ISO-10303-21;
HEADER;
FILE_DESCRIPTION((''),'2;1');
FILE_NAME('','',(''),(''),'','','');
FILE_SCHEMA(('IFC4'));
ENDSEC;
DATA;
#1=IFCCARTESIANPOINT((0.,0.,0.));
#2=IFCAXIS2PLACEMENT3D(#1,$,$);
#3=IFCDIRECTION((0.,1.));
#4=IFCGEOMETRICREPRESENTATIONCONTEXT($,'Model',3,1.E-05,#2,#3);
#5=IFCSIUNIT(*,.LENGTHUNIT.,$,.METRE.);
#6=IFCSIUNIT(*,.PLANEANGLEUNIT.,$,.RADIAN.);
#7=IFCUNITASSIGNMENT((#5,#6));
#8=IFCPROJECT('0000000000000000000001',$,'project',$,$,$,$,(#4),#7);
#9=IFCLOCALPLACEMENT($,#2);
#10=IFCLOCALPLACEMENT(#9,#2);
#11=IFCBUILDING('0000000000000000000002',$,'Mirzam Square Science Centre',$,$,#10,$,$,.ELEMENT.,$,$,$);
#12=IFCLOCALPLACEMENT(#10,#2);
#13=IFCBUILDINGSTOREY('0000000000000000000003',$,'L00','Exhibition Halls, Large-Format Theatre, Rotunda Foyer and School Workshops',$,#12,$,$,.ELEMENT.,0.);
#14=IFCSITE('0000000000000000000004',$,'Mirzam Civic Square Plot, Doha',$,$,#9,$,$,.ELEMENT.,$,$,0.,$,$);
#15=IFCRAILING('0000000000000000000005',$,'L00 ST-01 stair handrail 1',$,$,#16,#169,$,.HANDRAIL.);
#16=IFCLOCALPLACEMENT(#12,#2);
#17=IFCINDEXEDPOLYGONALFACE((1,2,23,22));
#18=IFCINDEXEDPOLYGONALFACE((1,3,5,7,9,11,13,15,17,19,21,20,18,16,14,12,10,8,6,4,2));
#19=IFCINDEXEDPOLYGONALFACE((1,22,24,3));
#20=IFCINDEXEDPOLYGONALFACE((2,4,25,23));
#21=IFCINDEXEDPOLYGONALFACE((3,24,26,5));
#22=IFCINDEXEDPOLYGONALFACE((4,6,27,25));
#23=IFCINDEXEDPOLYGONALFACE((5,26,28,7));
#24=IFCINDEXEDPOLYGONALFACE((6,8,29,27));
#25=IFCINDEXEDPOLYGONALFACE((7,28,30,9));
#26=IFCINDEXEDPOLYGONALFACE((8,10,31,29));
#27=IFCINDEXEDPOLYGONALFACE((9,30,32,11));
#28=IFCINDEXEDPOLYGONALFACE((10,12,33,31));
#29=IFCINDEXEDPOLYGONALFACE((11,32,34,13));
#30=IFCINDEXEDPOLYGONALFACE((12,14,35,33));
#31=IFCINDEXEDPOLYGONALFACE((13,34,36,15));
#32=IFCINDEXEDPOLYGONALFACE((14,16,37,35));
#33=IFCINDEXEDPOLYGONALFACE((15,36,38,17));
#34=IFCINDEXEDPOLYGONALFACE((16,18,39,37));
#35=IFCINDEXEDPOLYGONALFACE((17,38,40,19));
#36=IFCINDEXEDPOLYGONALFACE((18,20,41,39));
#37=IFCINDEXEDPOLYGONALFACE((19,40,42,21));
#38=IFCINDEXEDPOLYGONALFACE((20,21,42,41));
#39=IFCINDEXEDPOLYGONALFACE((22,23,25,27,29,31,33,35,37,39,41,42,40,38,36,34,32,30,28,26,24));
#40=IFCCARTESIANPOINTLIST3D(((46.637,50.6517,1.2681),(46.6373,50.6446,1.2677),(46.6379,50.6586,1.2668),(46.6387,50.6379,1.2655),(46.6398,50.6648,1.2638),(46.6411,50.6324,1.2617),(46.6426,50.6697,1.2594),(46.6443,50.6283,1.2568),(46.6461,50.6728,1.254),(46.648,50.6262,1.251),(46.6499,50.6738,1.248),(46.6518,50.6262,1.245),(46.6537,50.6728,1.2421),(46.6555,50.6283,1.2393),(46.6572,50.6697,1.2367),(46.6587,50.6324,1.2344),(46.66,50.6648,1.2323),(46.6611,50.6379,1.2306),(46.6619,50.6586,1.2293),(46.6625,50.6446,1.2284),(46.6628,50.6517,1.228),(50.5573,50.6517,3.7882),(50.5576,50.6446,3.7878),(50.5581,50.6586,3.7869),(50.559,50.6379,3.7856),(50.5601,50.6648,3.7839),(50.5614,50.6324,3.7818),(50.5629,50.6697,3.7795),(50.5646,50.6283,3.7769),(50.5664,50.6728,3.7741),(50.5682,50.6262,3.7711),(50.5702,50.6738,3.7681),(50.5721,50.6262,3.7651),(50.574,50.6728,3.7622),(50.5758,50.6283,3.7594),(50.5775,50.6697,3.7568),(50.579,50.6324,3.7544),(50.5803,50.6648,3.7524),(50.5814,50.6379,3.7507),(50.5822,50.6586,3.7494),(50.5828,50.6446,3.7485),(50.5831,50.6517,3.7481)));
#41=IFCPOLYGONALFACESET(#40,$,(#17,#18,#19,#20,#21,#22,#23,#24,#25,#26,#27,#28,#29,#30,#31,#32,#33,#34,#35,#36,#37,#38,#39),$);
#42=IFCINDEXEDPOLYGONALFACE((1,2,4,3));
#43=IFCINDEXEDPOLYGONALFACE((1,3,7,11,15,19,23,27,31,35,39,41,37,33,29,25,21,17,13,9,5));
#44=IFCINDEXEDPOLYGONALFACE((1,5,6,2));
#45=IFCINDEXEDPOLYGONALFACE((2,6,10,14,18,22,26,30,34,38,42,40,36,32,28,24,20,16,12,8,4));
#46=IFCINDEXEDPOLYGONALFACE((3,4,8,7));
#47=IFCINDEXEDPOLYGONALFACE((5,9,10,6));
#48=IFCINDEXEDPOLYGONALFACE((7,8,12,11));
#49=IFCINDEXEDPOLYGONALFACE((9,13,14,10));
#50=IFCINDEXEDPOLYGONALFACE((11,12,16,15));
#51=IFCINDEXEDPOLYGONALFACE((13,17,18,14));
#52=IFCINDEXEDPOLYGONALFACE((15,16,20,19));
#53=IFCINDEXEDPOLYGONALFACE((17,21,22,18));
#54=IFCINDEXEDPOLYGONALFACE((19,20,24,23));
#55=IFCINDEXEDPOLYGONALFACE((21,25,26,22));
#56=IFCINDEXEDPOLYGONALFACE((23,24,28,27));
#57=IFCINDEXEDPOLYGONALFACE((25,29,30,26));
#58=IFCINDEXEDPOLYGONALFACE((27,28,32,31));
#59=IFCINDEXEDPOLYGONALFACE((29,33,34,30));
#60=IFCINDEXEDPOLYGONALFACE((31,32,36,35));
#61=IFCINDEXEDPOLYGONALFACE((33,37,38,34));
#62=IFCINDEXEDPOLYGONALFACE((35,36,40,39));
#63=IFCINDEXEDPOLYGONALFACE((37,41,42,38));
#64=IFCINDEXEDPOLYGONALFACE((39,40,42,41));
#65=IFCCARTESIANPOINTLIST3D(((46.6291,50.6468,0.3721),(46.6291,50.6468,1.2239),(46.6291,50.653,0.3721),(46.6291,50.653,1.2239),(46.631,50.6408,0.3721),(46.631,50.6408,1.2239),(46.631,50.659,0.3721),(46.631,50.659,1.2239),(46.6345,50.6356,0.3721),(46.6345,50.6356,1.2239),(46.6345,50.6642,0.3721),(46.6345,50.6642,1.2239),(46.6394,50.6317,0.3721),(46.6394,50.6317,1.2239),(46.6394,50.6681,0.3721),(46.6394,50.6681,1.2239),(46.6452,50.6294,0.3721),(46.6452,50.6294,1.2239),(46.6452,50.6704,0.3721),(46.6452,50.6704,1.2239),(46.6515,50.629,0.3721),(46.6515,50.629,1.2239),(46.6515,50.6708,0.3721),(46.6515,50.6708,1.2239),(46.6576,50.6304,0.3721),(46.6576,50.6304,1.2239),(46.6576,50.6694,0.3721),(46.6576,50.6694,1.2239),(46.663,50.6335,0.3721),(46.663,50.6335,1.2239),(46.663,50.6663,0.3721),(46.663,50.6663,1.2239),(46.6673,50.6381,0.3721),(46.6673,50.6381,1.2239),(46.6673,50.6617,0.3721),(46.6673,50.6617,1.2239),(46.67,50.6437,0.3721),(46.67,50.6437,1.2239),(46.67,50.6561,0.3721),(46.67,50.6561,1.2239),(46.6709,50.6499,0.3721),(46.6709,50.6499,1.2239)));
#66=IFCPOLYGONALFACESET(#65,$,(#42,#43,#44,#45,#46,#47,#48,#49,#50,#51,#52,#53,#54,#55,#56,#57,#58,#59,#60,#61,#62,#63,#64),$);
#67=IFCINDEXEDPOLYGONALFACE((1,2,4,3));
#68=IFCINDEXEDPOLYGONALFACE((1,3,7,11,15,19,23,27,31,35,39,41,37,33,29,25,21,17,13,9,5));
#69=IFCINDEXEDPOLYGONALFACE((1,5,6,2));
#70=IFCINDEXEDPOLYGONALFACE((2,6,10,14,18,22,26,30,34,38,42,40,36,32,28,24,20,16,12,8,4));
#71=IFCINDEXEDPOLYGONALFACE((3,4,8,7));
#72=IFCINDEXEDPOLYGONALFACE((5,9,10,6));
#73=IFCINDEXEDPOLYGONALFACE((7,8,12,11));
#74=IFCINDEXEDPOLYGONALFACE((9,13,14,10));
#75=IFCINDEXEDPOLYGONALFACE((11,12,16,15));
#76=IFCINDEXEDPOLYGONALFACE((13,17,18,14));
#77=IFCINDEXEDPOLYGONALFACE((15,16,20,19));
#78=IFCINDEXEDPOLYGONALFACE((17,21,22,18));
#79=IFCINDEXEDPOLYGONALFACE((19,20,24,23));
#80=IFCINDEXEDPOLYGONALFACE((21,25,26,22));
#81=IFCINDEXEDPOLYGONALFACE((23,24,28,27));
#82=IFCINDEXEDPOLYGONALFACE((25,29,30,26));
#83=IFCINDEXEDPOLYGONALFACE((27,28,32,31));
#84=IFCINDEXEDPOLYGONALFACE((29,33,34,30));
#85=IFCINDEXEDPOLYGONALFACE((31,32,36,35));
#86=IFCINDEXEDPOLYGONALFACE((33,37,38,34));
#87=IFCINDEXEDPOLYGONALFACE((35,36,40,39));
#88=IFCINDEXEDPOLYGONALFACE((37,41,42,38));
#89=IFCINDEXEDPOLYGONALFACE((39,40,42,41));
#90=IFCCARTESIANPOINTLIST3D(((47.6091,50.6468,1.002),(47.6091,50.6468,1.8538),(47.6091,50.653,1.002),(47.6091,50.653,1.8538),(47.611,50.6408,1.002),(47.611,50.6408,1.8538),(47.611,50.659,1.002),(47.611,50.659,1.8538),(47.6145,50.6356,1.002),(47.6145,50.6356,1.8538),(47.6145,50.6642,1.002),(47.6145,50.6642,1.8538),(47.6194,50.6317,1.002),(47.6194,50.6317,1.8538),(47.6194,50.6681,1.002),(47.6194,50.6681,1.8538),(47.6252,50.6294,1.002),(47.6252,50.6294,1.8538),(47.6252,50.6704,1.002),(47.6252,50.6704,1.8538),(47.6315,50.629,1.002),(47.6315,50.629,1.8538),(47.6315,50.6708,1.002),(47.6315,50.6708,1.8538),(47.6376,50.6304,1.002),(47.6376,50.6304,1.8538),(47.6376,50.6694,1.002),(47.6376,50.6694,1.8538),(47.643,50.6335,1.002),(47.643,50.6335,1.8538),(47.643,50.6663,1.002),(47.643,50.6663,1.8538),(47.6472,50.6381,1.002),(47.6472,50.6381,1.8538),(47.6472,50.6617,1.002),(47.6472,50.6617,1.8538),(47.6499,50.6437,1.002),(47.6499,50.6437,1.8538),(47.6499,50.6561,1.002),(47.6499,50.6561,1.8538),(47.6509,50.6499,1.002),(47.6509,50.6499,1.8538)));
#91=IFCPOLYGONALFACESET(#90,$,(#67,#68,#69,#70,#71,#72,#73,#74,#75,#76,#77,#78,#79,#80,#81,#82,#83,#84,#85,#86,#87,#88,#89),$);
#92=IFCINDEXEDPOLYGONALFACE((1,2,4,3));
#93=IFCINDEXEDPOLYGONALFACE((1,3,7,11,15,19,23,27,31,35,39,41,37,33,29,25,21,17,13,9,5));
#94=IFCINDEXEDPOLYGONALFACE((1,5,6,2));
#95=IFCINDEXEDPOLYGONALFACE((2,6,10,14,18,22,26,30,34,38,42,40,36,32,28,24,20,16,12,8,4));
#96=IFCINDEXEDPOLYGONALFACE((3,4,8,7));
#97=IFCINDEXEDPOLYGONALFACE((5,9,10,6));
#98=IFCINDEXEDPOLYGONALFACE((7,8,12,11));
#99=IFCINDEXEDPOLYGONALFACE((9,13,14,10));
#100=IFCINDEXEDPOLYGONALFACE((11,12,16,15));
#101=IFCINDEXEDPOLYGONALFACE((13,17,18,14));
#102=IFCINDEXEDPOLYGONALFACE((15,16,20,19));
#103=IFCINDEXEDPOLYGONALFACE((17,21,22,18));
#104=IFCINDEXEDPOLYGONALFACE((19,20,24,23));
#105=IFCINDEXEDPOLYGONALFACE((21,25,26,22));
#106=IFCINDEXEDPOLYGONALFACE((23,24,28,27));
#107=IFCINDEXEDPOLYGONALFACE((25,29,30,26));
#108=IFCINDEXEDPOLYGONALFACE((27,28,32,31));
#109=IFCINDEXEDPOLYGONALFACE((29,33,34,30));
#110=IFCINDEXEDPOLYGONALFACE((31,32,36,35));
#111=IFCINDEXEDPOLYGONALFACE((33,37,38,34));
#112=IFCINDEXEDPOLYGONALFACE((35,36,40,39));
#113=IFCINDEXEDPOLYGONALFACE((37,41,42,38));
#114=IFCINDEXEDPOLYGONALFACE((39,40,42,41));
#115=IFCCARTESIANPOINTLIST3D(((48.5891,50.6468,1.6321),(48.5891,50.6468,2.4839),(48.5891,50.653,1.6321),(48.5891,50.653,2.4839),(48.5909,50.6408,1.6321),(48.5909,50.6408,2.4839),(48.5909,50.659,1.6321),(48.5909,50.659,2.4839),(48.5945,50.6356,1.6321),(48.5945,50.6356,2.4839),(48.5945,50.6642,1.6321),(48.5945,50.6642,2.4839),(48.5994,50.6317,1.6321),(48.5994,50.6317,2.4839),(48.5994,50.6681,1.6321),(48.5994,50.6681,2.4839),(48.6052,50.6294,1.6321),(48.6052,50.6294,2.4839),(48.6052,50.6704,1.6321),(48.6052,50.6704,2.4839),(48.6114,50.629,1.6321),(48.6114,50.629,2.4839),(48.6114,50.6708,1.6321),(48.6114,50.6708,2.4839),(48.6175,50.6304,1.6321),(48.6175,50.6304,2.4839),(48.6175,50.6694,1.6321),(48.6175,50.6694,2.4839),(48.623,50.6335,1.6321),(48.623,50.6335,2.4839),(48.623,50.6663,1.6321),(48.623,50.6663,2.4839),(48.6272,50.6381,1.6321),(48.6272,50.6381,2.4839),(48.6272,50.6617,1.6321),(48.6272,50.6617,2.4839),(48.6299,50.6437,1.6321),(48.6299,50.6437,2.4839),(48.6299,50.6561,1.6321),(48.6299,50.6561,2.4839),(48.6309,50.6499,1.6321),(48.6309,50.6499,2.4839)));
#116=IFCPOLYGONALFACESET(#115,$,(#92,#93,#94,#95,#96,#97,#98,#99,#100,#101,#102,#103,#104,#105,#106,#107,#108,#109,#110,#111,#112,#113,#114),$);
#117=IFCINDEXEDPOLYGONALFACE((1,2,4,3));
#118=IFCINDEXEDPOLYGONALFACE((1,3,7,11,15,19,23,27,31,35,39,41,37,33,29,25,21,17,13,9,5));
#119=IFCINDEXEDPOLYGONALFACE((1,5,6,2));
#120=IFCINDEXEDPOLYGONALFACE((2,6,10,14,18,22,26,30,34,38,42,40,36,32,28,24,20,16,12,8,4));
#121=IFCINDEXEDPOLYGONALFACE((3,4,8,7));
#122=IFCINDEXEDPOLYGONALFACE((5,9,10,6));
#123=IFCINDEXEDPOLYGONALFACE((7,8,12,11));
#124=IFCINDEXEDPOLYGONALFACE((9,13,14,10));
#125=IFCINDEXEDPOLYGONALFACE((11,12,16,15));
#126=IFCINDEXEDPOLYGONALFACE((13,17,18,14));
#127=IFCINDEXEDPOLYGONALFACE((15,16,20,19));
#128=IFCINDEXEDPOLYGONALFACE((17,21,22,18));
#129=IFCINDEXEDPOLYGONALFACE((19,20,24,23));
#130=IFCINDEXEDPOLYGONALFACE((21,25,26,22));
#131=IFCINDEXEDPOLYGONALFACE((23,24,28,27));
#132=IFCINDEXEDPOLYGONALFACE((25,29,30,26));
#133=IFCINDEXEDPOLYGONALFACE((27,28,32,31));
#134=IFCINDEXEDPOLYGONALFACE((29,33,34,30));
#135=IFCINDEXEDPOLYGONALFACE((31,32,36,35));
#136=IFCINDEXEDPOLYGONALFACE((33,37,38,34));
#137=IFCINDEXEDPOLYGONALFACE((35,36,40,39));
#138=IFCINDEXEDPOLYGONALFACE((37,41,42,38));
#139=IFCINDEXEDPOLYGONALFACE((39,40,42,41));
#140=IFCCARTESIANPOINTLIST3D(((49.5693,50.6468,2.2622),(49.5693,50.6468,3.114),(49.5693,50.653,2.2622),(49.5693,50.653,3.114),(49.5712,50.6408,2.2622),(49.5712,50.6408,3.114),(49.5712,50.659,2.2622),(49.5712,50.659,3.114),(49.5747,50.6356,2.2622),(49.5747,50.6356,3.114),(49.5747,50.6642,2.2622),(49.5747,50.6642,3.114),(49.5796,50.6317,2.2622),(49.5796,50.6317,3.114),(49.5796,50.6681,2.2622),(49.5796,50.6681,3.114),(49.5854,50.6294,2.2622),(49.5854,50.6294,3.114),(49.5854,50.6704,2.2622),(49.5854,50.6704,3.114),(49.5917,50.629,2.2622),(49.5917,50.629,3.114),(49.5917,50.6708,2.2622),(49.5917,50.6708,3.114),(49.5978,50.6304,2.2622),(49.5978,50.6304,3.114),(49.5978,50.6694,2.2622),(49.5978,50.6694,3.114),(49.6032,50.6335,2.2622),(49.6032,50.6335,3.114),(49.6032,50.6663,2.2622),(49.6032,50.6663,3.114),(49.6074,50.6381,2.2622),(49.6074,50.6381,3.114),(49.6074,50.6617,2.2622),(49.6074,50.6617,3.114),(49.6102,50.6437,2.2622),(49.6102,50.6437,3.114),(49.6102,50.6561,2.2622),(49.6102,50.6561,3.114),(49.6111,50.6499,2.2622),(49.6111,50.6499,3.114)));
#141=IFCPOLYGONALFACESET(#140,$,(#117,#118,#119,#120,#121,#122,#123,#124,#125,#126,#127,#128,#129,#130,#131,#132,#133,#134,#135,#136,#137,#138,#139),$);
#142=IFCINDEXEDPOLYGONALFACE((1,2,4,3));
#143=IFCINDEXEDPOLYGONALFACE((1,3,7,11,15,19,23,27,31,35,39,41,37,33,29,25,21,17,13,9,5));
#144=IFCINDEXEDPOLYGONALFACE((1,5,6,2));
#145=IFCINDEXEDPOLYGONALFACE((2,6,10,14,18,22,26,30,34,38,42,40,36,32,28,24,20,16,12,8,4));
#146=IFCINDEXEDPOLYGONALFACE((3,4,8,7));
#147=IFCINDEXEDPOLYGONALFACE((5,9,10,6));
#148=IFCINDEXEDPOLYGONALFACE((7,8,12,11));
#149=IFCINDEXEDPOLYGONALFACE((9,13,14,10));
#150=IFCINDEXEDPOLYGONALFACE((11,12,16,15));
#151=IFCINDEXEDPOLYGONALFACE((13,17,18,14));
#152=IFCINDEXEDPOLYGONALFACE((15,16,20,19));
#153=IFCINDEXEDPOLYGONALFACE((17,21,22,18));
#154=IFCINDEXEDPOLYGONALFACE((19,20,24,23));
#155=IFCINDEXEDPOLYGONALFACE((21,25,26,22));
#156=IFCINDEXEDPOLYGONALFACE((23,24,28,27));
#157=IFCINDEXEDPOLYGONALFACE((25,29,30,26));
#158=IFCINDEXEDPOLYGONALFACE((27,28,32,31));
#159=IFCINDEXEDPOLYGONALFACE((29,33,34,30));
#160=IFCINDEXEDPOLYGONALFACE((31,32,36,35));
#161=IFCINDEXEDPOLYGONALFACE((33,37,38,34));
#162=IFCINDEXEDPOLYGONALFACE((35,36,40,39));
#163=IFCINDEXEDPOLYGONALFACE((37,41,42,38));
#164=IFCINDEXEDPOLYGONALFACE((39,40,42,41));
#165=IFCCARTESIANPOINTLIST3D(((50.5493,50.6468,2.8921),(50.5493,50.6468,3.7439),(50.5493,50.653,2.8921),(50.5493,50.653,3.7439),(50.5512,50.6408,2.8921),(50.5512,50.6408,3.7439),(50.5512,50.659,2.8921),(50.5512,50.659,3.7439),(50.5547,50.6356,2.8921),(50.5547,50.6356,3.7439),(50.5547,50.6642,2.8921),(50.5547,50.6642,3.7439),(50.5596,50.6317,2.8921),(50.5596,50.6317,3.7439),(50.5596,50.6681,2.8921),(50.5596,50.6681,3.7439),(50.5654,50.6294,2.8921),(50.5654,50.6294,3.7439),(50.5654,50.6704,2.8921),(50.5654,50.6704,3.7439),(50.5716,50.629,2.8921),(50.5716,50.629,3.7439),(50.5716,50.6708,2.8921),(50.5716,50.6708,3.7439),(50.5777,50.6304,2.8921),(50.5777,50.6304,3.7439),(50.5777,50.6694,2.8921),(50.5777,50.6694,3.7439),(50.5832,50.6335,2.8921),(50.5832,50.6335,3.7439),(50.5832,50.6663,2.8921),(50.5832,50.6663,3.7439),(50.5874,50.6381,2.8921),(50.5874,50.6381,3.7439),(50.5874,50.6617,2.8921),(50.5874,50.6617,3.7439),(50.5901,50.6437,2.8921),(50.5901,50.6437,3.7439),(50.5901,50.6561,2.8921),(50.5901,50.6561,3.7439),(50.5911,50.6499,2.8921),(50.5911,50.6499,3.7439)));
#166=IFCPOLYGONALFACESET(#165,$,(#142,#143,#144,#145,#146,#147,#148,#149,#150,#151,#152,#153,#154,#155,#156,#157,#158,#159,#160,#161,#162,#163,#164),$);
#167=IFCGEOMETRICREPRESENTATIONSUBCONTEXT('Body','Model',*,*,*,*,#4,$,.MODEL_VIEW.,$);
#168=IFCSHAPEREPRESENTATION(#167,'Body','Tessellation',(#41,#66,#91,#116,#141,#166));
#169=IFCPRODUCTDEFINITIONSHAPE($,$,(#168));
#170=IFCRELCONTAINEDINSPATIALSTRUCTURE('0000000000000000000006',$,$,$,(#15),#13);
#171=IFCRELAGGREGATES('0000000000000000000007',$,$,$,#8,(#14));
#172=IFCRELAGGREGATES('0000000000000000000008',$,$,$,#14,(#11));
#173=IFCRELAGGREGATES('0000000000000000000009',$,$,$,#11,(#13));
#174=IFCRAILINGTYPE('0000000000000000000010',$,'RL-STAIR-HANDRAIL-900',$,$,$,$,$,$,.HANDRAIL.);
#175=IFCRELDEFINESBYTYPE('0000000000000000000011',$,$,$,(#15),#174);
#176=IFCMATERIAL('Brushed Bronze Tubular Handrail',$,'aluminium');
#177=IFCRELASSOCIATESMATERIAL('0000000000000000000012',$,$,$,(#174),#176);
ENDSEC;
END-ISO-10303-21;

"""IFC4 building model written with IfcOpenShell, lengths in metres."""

from ifc_helpers import new_model, si_unit, direction, frame, origin, origin_2d, place, context, subcontext, project, spatial, circle, extrude, material, type_object, element, save


model = new_model("IFC4")

# Units and contexts
model_context = context("Model", 3, precision=1e-05, world=origin(), true_north=direction((0.0, 1.0)))
body_context = subcontext(model_context, "Body", "Model", "MODEL_VIEW")
ifc_project = project(units=[si_unit("LENGTHUNIT", "METRE"), si_unit("PLANEANGLEUNIT", "RADIAN")], contexts=[model_context])

# Site, building, storey
site_placement = place(None, origin())
site = spatial("IfcSite", under=ifc_project, at=site_placement, Name="Mirzam Civic Square Plot, Doha", CompositionType="ELEMENT", RefElevation=0.0)
building_placement = place(site_placement, origin())
building = spatial("IfcBuilding", under=site, at=building_placement, Name="Mirzam Square Science Centre", CompositionType="ELEMENT")
storey_placement = place(building_placement, origin())
storey = spatial("IfcBuildingStorey", under=building, at=storey_placement, Name="L00", Description="Exhibition Halls, Large-Format Theatre, Rotunda Foyer and School Workshops", CompositionType="ELEMENT", Elevation=0.0)

# Railing
ifc_material_1 = material(Name="Brushed Bronze Tubular Handrail", Category="aluminium")
railing_type_1 = type_object("IfcRailingType", Name="RL-STAIR-HANDRAIL-900", PredefinedType="HANDRAIL", material=ifc_material_1)
railing_1_placement = place(storey_placement, frame((46.6499, 50.6499, 0.3721)))
element("IfcRailing", 1, at=railing_1_placement, inside=storey, type_object=railing_type_1, Name="L00 ST-01 stair handrail 1", PredefinedType="HANDRAIL", context=body_context, shape_type="SweptSolid", body=[
    extrude(circle(Radius=0.0239, at=origin_2d()), frame((0.0, 0.0, 0.876), z_axis=(0.841187, 0.0, 0.540744), x_axis=(0.0, 1.0, 0.0)), (0.0, 0.0, 1.0), 4.6604),
    extrude(circle(Radius=0.021, at=origin_2d()), origin(), (0.0, 0.0, 1.0), 0.8518),
    extrude(circle(Radius=0.021, at=origin_2d()), frame((0.98, 0.0, 0.6299)), (0.0, 0.0, 1.0), 0.8518),
    extrude(circle(Radius=0.021, at=origin_2d()), frame((1.96, 0.0, 1.26)), (0.0, 0.0, 1.0), 0.8518),
    extrude(circle(Radius=0.021, at=origin_2d()), frame((2.9402, 0.0, 1.8901)), (0.0, 0.0, 1.0), 0.8518),
    extrude(circle(Radius=0.021, at=origin_2d()), frame((3.9202, 0.0, 2.52)), (0.0, 0.0, 1.0), 0.8518),
])

save(model, "model.ifc")
